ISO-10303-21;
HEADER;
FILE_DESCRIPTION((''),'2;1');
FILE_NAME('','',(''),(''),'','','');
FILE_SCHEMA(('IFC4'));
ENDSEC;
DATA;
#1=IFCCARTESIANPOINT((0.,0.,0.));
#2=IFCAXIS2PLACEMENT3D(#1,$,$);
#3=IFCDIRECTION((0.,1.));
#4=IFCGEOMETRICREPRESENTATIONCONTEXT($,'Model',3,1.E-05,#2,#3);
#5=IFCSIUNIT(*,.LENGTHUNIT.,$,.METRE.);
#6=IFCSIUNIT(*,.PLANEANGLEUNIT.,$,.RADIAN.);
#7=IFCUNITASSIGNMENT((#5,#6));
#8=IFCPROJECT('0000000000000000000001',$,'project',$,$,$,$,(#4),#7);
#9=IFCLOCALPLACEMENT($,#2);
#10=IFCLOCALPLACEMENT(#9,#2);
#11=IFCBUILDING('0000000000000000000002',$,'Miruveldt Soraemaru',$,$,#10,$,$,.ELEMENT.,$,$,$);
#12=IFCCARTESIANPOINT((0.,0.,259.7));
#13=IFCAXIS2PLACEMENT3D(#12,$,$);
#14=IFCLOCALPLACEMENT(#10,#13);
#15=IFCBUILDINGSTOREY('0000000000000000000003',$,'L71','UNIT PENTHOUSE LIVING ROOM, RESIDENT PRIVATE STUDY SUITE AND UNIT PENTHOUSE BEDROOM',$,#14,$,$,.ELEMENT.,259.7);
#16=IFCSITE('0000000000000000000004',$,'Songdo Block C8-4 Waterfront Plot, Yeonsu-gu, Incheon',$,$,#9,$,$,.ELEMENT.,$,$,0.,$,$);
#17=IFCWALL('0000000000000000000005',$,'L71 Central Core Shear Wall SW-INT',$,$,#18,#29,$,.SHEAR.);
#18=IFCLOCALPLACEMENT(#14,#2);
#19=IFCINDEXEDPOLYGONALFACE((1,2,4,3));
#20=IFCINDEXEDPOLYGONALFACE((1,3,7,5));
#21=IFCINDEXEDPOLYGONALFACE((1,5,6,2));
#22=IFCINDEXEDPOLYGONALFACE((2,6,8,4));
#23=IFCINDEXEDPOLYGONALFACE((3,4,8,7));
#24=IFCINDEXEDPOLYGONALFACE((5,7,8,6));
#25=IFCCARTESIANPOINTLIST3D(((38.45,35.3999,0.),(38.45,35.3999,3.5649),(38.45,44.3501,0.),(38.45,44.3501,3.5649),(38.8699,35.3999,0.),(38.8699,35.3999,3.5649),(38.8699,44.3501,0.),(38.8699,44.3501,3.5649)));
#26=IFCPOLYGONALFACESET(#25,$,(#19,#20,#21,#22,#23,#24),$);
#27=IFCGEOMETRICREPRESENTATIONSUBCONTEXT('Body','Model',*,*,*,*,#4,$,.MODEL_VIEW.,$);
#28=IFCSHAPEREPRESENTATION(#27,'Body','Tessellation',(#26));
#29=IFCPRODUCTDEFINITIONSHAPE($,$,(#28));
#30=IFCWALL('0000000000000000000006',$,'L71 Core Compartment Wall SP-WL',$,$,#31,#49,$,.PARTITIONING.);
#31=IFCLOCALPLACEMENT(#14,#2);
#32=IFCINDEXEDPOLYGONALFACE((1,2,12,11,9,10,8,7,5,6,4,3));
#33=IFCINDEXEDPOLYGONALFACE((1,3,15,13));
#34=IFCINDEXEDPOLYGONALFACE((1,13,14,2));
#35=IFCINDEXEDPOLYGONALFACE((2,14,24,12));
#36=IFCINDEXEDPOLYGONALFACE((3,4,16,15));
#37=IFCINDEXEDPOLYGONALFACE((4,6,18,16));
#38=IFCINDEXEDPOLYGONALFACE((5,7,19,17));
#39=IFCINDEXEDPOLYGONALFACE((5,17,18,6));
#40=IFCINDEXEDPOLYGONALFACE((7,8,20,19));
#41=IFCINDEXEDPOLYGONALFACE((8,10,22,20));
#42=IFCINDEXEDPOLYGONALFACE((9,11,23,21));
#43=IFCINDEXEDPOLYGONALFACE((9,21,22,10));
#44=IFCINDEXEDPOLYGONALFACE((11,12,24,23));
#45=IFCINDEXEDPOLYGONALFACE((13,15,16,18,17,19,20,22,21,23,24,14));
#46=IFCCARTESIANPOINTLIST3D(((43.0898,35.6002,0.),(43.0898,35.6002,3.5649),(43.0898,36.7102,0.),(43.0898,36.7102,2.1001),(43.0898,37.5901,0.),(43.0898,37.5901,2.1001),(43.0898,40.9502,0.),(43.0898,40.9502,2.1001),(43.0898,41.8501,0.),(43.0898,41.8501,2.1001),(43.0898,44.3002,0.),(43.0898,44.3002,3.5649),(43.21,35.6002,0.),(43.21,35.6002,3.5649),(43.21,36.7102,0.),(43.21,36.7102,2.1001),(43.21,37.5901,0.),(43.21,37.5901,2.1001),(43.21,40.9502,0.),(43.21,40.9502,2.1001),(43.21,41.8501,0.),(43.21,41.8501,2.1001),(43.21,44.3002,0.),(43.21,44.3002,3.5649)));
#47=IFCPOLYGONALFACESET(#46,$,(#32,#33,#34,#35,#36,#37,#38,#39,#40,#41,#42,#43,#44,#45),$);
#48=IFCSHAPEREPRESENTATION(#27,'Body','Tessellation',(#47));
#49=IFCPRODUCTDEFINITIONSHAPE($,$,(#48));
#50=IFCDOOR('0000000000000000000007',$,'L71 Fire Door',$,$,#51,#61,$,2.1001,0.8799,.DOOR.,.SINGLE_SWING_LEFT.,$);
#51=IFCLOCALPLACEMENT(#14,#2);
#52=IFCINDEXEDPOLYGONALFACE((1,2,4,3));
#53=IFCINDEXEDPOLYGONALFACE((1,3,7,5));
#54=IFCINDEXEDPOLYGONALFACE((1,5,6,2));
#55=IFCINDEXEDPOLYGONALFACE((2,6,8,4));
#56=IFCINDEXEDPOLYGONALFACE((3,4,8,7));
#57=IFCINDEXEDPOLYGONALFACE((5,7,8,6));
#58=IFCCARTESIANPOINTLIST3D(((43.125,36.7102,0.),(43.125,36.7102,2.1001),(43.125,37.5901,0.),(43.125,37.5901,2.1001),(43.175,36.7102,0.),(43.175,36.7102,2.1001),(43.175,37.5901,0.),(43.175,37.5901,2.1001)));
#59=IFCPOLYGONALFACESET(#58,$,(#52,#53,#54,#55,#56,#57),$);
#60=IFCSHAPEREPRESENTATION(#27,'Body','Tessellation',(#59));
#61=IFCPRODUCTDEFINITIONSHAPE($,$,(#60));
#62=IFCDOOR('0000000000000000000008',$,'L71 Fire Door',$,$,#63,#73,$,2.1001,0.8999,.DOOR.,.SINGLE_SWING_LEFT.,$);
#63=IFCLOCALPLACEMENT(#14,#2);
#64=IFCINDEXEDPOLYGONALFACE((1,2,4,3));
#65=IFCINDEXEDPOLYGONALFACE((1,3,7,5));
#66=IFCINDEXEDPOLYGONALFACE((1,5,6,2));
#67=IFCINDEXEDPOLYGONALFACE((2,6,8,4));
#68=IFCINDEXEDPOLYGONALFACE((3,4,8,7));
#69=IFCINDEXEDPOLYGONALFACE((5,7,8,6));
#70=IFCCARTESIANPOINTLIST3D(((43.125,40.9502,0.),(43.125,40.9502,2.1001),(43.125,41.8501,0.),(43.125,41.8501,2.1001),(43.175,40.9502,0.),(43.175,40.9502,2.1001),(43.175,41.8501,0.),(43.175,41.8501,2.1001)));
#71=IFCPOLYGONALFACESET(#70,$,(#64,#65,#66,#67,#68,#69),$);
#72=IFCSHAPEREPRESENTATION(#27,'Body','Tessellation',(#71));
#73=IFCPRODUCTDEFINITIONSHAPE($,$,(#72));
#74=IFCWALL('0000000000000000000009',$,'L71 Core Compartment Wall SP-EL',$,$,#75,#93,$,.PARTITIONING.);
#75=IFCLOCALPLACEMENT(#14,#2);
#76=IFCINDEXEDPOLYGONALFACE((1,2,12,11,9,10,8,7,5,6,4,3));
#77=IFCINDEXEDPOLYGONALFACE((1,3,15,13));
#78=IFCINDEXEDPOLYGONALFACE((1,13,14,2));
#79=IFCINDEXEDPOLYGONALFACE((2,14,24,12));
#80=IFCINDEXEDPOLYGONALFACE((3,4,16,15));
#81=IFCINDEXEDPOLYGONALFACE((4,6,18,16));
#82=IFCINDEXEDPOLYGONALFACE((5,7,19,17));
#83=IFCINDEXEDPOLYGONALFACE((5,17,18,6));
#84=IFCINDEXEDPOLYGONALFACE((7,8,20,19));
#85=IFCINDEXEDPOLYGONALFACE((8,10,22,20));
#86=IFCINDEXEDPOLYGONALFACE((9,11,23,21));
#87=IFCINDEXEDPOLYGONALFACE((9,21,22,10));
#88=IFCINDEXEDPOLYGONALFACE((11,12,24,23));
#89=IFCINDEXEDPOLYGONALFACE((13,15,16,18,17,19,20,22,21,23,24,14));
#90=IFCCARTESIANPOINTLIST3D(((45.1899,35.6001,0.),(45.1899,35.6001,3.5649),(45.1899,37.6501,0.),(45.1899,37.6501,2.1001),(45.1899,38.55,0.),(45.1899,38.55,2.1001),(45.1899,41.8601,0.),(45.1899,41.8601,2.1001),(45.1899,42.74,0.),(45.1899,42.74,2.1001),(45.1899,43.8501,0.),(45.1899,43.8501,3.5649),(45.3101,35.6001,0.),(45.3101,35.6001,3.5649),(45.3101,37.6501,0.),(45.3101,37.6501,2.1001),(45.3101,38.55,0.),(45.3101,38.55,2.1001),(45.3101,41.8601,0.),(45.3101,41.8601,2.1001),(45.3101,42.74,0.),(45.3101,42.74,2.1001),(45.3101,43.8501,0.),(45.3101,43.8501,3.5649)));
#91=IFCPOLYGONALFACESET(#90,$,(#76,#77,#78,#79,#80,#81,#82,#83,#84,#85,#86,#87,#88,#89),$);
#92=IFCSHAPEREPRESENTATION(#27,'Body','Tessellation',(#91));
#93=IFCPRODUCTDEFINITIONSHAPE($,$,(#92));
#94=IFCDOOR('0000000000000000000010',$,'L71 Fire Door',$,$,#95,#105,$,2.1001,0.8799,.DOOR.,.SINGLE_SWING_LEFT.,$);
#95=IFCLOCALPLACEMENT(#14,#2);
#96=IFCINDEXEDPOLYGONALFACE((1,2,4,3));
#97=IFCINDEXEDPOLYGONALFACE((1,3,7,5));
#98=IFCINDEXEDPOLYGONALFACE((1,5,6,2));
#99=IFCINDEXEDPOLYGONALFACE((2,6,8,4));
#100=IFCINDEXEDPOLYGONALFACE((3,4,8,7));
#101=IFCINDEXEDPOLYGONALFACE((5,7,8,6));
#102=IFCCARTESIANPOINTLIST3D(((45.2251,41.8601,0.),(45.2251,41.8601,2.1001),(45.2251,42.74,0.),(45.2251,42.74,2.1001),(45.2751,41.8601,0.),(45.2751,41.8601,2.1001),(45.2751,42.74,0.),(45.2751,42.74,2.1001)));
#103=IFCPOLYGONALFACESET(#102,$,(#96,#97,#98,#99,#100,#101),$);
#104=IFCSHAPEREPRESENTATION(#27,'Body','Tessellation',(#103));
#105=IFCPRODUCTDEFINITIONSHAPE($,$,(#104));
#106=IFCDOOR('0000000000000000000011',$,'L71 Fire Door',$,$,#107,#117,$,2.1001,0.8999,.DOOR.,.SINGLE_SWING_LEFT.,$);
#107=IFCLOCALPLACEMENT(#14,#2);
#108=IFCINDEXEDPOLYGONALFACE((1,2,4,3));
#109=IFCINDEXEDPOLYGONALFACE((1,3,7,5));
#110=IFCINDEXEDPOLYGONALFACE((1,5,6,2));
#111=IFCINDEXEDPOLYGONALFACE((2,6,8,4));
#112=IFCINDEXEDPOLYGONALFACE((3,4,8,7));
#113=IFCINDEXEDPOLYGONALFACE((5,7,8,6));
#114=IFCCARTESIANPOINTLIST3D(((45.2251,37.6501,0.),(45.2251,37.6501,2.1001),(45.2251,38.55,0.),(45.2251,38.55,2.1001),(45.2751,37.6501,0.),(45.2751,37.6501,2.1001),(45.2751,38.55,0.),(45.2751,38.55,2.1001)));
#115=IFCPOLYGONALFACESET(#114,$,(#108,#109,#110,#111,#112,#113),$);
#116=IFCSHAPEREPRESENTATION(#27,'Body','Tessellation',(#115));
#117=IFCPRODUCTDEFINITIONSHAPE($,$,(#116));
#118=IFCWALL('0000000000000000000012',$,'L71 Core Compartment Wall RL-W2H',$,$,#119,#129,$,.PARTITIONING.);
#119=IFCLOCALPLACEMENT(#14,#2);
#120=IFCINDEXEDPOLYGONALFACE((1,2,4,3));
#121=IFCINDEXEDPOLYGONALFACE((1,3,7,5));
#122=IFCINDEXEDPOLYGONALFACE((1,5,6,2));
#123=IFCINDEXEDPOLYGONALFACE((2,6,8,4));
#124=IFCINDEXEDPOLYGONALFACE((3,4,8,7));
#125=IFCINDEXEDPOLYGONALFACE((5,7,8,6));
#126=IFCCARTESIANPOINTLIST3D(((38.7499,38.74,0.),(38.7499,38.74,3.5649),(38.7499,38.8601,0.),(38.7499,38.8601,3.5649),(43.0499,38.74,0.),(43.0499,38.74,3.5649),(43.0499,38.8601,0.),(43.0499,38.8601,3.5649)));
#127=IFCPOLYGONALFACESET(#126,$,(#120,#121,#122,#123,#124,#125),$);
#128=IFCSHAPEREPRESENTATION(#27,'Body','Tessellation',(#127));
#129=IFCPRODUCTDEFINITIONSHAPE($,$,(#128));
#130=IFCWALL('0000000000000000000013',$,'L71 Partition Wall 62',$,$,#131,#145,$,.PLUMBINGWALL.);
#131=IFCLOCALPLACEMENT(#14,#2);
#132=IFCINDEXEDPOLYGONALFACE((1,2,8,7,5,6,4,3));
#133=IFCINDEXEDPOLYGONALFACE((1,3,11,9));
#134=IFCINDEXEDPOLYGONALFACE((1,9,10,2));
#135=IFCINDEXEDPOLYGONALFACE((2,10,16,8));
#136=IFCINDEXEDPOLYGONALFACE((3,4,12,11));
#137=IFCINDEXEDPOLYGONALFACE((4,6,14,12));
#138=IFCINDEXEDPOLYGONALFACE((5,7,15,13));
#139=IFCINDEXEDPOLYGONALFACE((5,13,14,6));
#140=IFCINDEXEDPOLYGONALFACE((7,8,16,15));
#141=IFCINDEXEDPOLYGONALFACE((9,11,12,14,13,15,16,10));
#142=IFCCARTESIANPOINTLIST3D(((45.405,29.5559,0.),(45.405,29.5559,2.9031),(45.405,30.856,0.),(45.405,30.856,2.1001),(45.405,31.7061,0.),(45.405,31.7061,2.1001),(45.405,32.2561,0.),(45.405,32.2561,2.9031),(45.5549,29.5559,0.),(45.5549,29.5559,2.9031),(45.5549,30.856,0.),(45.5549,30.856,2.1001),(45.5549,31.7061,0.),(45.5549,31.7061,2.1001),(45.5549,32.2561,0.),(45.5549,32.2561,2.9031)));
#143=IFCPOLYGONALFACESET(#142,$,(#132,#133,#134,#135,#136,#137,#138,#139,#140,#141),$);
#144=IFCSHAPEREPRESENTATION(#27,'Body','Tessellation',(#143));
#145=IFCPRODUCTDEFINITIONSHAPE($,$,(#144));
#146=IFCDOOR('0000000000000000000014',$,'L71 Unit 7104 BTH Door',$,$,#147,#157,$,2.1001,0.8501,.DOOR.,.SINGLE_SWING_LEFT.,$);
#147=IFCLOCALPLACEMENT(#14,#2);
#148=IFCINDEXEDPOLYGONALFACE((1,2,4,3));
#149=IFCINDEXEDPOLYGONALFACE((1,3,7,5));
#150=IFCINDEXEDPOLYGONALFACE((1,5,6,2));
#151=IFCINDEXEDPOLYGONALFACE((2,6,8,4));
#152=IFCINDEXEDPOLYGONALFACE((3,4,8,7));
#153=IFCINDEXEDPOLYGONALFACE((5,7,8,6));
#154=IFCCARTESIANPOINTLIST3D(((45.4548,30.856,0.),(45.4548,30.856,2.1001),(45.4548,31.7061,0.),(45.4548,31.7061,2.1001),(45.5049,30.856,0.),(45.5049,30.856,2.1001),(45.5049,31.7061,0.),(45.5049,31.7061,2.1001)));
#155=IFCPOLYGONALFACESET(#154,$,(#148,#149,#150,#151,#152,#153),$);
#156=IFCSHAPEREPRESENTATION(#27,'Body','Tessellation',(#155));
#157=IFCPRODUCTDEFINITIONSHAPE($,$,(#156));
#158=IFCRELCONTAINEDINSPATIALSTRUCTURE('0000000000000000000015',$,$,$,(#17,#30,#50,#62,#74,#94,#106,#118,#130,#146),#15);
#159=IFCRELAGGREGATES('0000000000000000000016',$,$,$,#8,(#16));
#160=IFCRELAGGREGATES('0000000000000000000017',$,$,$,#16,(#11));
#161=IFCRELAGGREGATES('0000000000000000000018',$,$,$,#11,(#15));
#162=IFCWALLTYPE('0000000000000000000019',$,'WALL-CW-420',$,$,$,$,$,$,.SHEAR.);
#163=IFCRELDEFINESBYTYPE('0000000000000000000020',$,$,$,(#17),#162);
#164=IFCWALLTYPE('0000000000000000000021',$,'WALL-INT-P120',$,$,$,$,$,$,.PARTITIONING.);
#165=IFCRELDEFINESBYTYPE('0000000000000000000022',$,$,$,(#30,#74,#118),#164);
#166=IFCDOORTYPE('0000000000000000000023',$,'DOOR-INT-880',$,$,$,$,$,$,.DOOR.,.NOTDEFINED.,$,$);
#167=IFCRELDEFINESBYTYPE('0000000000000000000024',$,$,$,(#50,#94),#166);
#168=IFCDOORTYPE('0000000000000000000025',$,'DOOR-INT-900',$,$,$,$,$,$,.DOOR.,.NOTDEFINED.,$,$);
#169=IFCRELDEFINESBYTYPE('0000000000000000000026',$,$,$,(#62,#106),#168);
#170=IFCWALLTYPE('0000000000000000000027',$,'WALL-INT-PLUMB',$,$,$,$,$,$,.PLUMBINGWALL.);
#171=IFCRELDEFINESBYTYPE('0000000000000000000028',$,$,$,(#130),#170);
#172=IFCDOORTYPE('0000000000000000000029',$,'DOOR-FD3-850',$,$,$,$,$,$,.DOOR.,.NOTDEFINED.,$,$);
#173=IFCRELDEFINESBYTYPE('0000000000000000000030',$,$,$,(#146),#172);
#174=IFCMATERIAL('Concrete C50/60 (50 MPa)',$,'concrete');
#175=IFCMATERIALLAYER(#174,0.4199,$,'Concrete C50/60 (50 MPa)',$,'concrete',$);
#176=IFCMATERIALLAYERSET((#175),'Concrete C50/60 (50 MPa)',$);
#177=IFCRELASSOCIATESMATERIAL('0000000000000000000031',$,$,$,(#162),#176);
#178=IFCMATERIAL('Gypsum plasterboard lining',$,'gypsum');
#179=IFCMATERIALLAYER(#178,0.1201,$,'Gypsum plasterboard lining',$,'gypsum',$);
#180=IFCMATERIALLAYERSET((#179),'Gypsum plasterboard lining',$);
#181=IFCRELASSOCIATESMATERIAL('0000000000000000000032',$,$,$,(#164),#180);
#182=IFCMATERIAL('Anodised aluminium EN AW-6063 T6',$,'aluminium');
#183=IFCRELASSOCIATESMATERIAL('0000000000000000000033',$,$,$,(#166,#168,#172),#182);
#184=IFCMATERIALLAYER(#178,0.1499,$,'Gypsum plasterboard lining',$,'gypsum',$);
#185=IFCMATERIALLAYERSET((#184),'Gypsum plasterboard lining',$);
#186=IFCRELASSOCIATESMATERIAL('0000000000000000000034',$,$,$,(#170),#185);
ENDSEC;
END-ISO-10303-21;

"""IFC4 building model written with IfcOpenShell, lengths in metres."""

from ifc_helpers import new_model, si_unit, direction, frame, frame_2d, origin, place, context, subcontext, project, spatial, rectangle, extrude, material, layer, layer_set, type_object, element, fill, save


model = new_model("IFC4")

# Units and contexts
model_context = context("Model", 3, precision=1e-05, world=origin(), true_north=direction((0.0, 1.0)))
body_context = subcontext(model_context, "Body", "Model", "MODEL_VIEW")
ifc_project = project(units=[si_unit("LENGTHUNIT", "METRE"), si_unit("PLANEANGLEUNIT", "RADIAN")], contexts=[model_context])

# Site, building, storey
site_placement = place(None, origin())
site = spatial("IfcSite", under=ifc_project, at=site_placement, Name="Songdo Block C8-4 Waterfront Plot, Yeonsu-gu, Incheon", CompositionType="ELEMENT", RefElevation=0.0)
building_placement = place(site_placement, origin())
building = spatial("IfcBuilding", under=site, at=building_placement, Name="Miruveldt Soraemaru", CompositionType="ELEMENT")
storey_placement = place(building_placement, frame((0.0, 0.0, 259.7)))
storey = spatial("IfcBuildingStorey", under=building, at=storey_placement, Name="L71", Description="UNIT PENTHOUSE LIVING ROOM, RESIDENT PRIVATE STUDY SUITE AND UNIT PENTHOUSE BEDROOM", CompositionType="ELEMENT", Elevation=259.7)

# Wall
ifc_material_1 = material(Name="Concrete C50/60 (50 MPa)", Category="concrete")
ifc_layer_1 = layer(ifc_material_1, 0.4199, Name="Concrete C50/60 (50 MPa)", Category="concrete")
ifc_layer_set_1 = layer_set([ifc_layer_1], Name="Concrete C50/60 (50 MPa)")
wall_type_1 = type_object("IfcWallType", Name="WALL-CW-420", PredefinedType="SHEAR", material=ifc_layer_set_1)
wall_1_placement = place(storey_placement, frame((38.6599, 35.3999, 0.0), z_axis=(0.0, 0.0, 1.0), x_axis=(0.0, 1.0, 0.0)))
element("IfcWall", 1, at=wall_1_placement, inside=storey, type_object=wall_type_1, Name="L71 Central Core Shear Wall SW-INT", PredefinedType="SHEAR", context=body_context, shape_type="SweptSolid", body=[
    extrude(rectangle(XDim=8.9502, YDim=0.4199, at=frame_2d((4.4751, 0.0))), origin(), (0.0, 0.0, 1.0), 3.5649),
])

# Walls, openings, doors
ifc_material_2 = material(Name="Gypsum plasterboard lining", Category="gypsum")
ifc_layer_2 = layer(ifc_material_2, 0.1201, Name="Gypsum plasterboard lining", Category="gypsum")
ifc_layer_set_2 = layer_set([ifc_layer_2], Name="Gypsum plasterboard lining")
wall_type_2 = type_object("IfcWallType", Name="WALL-INT-P120", PredefinedType="PARTITIONING", material=ifc_layer_set_2)
wall_2_placement = place(storey_placement, frame((43.1499, 35.6001, 0.0), z_axis=(0.0, 0.0, 1.0), x_axis=(0.0, 1.0, 0.0)))
wall_2 = element("IfcWall", 2, at=wall_2_placement, inside=storey, type_object=wall_type_2, Name="L71 Core Compartment Wall SP-WL", PredefinedType="PARTITIONING", context=body_context, shape_type="SweptSolid", body=[
    extrude(rectangle(XDim=8.7, YDim=0.1201, at=frame_2d((4.3501, 0.0))), origin(), (0.0, 0.0, 1.0), 3.5649),
])
opening_1_placement = place(wall_2_placement, frame((1.1101, 0.0, 0.0)))
opening_1 = element("IfcOpeningElement", 3, at=opening_1_placement, cuts=wall_2, PredefinedType="OPENING", context=body_context, shape_type="SweptSolid", body=[
    extrude(rectangle(XDim=0.8799, YDim=2.1001, at=frame_2d((0.4399, 1.05))), frame((0.0, 0.0701, 0.0), z_axis=(0.0, -1.0, 0.0), x_axis=(1.0, 0.0, 0.0)), (0.0, 0.0, 1.0), 0.1401),
])
opening_2_placement = place(wall_2_placement, frame((5.3501, 0.0, 0.0)))
opening_2 = element("IfcOpeningElement", 4, at=opening_2_placement, cuts=wall_2, PredefinedType="OPENING", context=body_context, shape_type="SweptSolid", body=[
    extrude(rectangle(XDim=0.8999, YDim=2.1001, at=frame_2d((0.45, 1.05))), frame((0.0, 0.0701, 0.0), z_axis=(0.0, -1.0, 0.0), x_axis=(1.0, 0.0, 0.0)), (0.0, 0.0, 1.0), 0.1401),
])
ifc_material_3 = material(Name="Anodised aluminium EN AW-6063 T6", Category="aluminium")
door_type_1 = type_object("IfcDoorType", Name="DOOR-INT-880", OperationType="NOTDEFINED", PredefinedType="DOOR", material=ifc_material_3)
door_1_placement = place(opening_1_placement, origin())
door_1 = element("IfcDoor", 5, at=door_1_placement, inside=storey, type_object=door_type_1, Name="L71 Fire Door", OperationType="SINGLE_SWING_LEFT", OverallHeight=2.1001, OverallWidth=0.8799, PredefinedType="DOOR", context=body_context, shape_type="SweptSolid", body=[
    extrude(rectangle(XDim=0.8799, YDim=2.1001, at=frame_2d((0.4399, 1.05))), frame((0.0, 0.0249, 0.0), z_axis=(0.0, -1.0, 0.0), x_axis=(1.0, 0.0, 0.0)), (0.0, 0.0, 1.0), 0.05),
])
fill(opening_1, door_1)
door_type_2 = type_object("IfcDoorType", Name="DOOR-INT-900", OperationType="NOTDEFINED", PredefinedType="DOOR", material=ifc_material_3)
door_2_placement = place(opening_2_placement, origin())
door_2 = element("IfcDoor", 6, at=door_2_placement, inside=storey, type_object=door_type_2, Name="L71 Fire Door", OperationType="SINGLE_SWING_LEFT", OverallHeight=2.1001, OverallWidth=0.8999, PredefinedType="DOOR", context=body_context, shape_type="SweptSolid", body=[
    extrude(rectangle(XDim=0.8999, YDim=2.1001, at=frame_2d((0.45, 1.05))), frame((0.0, 0.0249, 0.0), z_axis=(0.0, -1.0, 0.0), x_axis=(1.0, 0.0, 0.0)), (0.0, 0.0, 1.0), 0.05),
])
fill(opening_2, door_2)
wall_3_placement = place(storey_placement, frame((45.25, 35.6001, 0.0), z_axis=(0.0, 0.0, 1.0), x_axis=(0.0, 1.0, 0.0)))
wall_3 = element("IfcWall", 7, at=wall_3_placement, inside=storey, type_object=wall_type_2, Name="L71 Core Compartment Wall SP-EL", PredefinedType="PARTITIONING", context=body_context, shape_type="SweptSolid", body=[
    extrude(rectangle(XDim=8.25, YDim=0.1201, at=frame_2d((4.125, 0.0))), origin(), (0.0, 0.0, 1.0), 3.5649),
])
opening_3_placement = place(wall_3_placement, frame((2.05, 0.0, 0.0)))
opening_3 = element("IfcOpeningElement", 8, at=opening_3_placement, cuts=wall_3, PredefinedType="OPENING", context=body_context, shape_type="SweptSolid", body=[
    extrude(rectangle(XDim=0.8999, YDim=2.1001, at=frame_2d((0.45, 1.05))), frame((0.0, 0.0701, 0.0), z_axis=(0.0, -1.0, 0.0), x_axis=(1.0, 0.0, 0.0)), (0.0, 0.0, 1.0), 0.1401),
])
opening_4_placement = place(wall_3_placement, frame((6.26, 0.0, 0.0)))
opening_4 = element("IfcOpeningElement", 9, at=opening_4_placement, cuts=wall_3, PredefinedType="OPENING", context=body_context, shape_type="SweptSolid", body=[
    extrude(rectangle(XDim=0.8799, YDim=2.1001, at=frame_2d((0.4399, 1.05))), frame((0.0, 0.0701, 0.0), z_axis=(0.0, -1.0, 0.0), x_axis=(1.0, 0.0, 0.0)), (0.0, 0.0, 1.0), 0.1401),
])
door_3_placement = place(opening_4_placement, origin())
door_3 = element("IfcDoor", 10, at=door_3_placement, inside=storey, type_object=door_type_1, Name="L71 Fire Door", OperationType="SINGLE_SWING_LEFT", OverallHeight=2.1001, OverallWidth=0.8799, PredefinedType="DOOR", context=body_context, shape_type="SweptSolid", body=[
    extrude(rectangle(XDim=0.8799, YDim=2.1001, at=frame_2d((0.4399, 1.05))), frame((0.0, 0.0249, 0.0), z_axis=(0.0, -1.0, 0.0), x_axis=(1.0, 0.0, 0.0)), (0.0, 0.0, 1.0), 0.05),
])
fill(opening_4, door_3)
door_4_placement = place(opening_3_placement, origin())
door_4 = element("IfcDoor", 11, at=door_4_placement, inside=storey, type_object=door_type_2, Name="L71 Fire Door", OperationType="SINGLE_SWING_LEFT", OverallHeight=2.1001, OverallWidth=0.8999, PredefinedType="DOOR", context=body_context, shape_type="SweptSolid", body=[
    extrude(rectangle(XDim=0.8999, YDim=2.1001, at=frame_2d((0.45, 1.05))), frame((0.0, 0.0249, 0.0), z_axis=(0.0, -1.0, 0.0), x_axis=(1.0, 0.0, 0.0)), (0.0, 0.0, 1.0), 0.05),
])
fill(opening_3, door_4)

# Wall
wall_4_placement = place(storey_placement, frame((38.75, 38.8, 0.0), z_axis=(0.0, 0.0, 1.0), x_axis=(1.0, 0.0, 0.0)))
element("IfcWall", 12, at=wall_4_placement, inside=storey, type_object=wall_type_2, Name="L71 Core Compartment Wall RL-W2H", PredefinedType="PARTITIONING", context=body_context, shape_type="SweptSolid", body=[
    extrude(rectangle(XDim=4.3, YDim=0.1201, at=frame_2d((2.1499, 0.0))), origin(), (0.0, 0.0, 1.0), 3.5649),
])

# Wall, opening, door
ifc_layer_3 = layer(ifc_material_2, 0.1499, Name="Gypsum plasterboard lining", Category="gypsum")
ifc_layer_set_3 = layer_set([ifc_layer_3], Name="Gypsum plasterboard lining")
wall_type_3 = type_object("IfcWallType", Name="WALL-INT-PLUMB", PredefinedType="PLUMBINGWALL", material=ifc_layer_set_3)
wall_5_placement = place(storey_placement, frame((45.48, 32.2561, 0.0), z_axis=(0.0, 0.0, 1.0), x_axis=(0.0, -1.0, 0.0)))
wall_5 = element("IfcWall", 13, at=wall_5_placement, inside=storey, type_object=wall_type_3, Name="L71 Partition Wall 62", PredefinedType="PLUMBINGWALL", context=body_context, shape_type="SweptSolid", body=[
    extrude(rectangle(XDim=2.7002, YDim=0.1499, at=frame_2d((1.3501, 0.0))), origin(), (0.0, 0.0, 1.0), 2.9031),
])
opening_5_placement = place(wall_5_placement, frame((0.55, 0.0, 0.0)))
opening_5 = element("IfcOpeningElement", 14, at=opening_5_placement, cuts=wall_5, PredefinedType="OPENING", context=body_context, shape_type="SweptSolid", body=[
    extrude(rectangle(XDim=0.8501, YDim=2.1001, at=frame_2d((0.425, 1.05))), frame((0.0, 0.085, 0.0), z_axis=(0.0, -1.0, 0.0), x_axis=(1.0, 0.0, 0.0)), (0.0, 0.0, 1.0), 0.1699),
])
door_type_3 = type_object("IfcDoorType", Name="DOOR-FD3-850", OperationType="NOTDEFINED", PredefinedType="DOOR", material=ifc_material_3)
door_5_placement = place(opening_5_placement, origin())
door_5 = element("IfcDoor", 15, at=door_5_placement, inside=storey, type_object=door_type_3, Name="L71 Unit 7104 BTH Door", OperationType="SINGLE_SWING_LEFT", OverallHeight=2.1001, OverallWidth=0.8501, PredefinedType="DOOR", context=body_context, shape_type="SweptSolid", body=[
    extrude(rectangle(XDim=0.8501, YDim=2.1001, at=frame_2d((0.425, 1.05))), frame((0.0, 0.0249, 0.0), z_axis=(0.0, -1.0, 0.0), x_axis=(1.0, 0.0, 0.0)), (0.0, 0.0, 1.0), 0.05),
])
fill(opening_5, door_5)

save(model, "model.ifc")
